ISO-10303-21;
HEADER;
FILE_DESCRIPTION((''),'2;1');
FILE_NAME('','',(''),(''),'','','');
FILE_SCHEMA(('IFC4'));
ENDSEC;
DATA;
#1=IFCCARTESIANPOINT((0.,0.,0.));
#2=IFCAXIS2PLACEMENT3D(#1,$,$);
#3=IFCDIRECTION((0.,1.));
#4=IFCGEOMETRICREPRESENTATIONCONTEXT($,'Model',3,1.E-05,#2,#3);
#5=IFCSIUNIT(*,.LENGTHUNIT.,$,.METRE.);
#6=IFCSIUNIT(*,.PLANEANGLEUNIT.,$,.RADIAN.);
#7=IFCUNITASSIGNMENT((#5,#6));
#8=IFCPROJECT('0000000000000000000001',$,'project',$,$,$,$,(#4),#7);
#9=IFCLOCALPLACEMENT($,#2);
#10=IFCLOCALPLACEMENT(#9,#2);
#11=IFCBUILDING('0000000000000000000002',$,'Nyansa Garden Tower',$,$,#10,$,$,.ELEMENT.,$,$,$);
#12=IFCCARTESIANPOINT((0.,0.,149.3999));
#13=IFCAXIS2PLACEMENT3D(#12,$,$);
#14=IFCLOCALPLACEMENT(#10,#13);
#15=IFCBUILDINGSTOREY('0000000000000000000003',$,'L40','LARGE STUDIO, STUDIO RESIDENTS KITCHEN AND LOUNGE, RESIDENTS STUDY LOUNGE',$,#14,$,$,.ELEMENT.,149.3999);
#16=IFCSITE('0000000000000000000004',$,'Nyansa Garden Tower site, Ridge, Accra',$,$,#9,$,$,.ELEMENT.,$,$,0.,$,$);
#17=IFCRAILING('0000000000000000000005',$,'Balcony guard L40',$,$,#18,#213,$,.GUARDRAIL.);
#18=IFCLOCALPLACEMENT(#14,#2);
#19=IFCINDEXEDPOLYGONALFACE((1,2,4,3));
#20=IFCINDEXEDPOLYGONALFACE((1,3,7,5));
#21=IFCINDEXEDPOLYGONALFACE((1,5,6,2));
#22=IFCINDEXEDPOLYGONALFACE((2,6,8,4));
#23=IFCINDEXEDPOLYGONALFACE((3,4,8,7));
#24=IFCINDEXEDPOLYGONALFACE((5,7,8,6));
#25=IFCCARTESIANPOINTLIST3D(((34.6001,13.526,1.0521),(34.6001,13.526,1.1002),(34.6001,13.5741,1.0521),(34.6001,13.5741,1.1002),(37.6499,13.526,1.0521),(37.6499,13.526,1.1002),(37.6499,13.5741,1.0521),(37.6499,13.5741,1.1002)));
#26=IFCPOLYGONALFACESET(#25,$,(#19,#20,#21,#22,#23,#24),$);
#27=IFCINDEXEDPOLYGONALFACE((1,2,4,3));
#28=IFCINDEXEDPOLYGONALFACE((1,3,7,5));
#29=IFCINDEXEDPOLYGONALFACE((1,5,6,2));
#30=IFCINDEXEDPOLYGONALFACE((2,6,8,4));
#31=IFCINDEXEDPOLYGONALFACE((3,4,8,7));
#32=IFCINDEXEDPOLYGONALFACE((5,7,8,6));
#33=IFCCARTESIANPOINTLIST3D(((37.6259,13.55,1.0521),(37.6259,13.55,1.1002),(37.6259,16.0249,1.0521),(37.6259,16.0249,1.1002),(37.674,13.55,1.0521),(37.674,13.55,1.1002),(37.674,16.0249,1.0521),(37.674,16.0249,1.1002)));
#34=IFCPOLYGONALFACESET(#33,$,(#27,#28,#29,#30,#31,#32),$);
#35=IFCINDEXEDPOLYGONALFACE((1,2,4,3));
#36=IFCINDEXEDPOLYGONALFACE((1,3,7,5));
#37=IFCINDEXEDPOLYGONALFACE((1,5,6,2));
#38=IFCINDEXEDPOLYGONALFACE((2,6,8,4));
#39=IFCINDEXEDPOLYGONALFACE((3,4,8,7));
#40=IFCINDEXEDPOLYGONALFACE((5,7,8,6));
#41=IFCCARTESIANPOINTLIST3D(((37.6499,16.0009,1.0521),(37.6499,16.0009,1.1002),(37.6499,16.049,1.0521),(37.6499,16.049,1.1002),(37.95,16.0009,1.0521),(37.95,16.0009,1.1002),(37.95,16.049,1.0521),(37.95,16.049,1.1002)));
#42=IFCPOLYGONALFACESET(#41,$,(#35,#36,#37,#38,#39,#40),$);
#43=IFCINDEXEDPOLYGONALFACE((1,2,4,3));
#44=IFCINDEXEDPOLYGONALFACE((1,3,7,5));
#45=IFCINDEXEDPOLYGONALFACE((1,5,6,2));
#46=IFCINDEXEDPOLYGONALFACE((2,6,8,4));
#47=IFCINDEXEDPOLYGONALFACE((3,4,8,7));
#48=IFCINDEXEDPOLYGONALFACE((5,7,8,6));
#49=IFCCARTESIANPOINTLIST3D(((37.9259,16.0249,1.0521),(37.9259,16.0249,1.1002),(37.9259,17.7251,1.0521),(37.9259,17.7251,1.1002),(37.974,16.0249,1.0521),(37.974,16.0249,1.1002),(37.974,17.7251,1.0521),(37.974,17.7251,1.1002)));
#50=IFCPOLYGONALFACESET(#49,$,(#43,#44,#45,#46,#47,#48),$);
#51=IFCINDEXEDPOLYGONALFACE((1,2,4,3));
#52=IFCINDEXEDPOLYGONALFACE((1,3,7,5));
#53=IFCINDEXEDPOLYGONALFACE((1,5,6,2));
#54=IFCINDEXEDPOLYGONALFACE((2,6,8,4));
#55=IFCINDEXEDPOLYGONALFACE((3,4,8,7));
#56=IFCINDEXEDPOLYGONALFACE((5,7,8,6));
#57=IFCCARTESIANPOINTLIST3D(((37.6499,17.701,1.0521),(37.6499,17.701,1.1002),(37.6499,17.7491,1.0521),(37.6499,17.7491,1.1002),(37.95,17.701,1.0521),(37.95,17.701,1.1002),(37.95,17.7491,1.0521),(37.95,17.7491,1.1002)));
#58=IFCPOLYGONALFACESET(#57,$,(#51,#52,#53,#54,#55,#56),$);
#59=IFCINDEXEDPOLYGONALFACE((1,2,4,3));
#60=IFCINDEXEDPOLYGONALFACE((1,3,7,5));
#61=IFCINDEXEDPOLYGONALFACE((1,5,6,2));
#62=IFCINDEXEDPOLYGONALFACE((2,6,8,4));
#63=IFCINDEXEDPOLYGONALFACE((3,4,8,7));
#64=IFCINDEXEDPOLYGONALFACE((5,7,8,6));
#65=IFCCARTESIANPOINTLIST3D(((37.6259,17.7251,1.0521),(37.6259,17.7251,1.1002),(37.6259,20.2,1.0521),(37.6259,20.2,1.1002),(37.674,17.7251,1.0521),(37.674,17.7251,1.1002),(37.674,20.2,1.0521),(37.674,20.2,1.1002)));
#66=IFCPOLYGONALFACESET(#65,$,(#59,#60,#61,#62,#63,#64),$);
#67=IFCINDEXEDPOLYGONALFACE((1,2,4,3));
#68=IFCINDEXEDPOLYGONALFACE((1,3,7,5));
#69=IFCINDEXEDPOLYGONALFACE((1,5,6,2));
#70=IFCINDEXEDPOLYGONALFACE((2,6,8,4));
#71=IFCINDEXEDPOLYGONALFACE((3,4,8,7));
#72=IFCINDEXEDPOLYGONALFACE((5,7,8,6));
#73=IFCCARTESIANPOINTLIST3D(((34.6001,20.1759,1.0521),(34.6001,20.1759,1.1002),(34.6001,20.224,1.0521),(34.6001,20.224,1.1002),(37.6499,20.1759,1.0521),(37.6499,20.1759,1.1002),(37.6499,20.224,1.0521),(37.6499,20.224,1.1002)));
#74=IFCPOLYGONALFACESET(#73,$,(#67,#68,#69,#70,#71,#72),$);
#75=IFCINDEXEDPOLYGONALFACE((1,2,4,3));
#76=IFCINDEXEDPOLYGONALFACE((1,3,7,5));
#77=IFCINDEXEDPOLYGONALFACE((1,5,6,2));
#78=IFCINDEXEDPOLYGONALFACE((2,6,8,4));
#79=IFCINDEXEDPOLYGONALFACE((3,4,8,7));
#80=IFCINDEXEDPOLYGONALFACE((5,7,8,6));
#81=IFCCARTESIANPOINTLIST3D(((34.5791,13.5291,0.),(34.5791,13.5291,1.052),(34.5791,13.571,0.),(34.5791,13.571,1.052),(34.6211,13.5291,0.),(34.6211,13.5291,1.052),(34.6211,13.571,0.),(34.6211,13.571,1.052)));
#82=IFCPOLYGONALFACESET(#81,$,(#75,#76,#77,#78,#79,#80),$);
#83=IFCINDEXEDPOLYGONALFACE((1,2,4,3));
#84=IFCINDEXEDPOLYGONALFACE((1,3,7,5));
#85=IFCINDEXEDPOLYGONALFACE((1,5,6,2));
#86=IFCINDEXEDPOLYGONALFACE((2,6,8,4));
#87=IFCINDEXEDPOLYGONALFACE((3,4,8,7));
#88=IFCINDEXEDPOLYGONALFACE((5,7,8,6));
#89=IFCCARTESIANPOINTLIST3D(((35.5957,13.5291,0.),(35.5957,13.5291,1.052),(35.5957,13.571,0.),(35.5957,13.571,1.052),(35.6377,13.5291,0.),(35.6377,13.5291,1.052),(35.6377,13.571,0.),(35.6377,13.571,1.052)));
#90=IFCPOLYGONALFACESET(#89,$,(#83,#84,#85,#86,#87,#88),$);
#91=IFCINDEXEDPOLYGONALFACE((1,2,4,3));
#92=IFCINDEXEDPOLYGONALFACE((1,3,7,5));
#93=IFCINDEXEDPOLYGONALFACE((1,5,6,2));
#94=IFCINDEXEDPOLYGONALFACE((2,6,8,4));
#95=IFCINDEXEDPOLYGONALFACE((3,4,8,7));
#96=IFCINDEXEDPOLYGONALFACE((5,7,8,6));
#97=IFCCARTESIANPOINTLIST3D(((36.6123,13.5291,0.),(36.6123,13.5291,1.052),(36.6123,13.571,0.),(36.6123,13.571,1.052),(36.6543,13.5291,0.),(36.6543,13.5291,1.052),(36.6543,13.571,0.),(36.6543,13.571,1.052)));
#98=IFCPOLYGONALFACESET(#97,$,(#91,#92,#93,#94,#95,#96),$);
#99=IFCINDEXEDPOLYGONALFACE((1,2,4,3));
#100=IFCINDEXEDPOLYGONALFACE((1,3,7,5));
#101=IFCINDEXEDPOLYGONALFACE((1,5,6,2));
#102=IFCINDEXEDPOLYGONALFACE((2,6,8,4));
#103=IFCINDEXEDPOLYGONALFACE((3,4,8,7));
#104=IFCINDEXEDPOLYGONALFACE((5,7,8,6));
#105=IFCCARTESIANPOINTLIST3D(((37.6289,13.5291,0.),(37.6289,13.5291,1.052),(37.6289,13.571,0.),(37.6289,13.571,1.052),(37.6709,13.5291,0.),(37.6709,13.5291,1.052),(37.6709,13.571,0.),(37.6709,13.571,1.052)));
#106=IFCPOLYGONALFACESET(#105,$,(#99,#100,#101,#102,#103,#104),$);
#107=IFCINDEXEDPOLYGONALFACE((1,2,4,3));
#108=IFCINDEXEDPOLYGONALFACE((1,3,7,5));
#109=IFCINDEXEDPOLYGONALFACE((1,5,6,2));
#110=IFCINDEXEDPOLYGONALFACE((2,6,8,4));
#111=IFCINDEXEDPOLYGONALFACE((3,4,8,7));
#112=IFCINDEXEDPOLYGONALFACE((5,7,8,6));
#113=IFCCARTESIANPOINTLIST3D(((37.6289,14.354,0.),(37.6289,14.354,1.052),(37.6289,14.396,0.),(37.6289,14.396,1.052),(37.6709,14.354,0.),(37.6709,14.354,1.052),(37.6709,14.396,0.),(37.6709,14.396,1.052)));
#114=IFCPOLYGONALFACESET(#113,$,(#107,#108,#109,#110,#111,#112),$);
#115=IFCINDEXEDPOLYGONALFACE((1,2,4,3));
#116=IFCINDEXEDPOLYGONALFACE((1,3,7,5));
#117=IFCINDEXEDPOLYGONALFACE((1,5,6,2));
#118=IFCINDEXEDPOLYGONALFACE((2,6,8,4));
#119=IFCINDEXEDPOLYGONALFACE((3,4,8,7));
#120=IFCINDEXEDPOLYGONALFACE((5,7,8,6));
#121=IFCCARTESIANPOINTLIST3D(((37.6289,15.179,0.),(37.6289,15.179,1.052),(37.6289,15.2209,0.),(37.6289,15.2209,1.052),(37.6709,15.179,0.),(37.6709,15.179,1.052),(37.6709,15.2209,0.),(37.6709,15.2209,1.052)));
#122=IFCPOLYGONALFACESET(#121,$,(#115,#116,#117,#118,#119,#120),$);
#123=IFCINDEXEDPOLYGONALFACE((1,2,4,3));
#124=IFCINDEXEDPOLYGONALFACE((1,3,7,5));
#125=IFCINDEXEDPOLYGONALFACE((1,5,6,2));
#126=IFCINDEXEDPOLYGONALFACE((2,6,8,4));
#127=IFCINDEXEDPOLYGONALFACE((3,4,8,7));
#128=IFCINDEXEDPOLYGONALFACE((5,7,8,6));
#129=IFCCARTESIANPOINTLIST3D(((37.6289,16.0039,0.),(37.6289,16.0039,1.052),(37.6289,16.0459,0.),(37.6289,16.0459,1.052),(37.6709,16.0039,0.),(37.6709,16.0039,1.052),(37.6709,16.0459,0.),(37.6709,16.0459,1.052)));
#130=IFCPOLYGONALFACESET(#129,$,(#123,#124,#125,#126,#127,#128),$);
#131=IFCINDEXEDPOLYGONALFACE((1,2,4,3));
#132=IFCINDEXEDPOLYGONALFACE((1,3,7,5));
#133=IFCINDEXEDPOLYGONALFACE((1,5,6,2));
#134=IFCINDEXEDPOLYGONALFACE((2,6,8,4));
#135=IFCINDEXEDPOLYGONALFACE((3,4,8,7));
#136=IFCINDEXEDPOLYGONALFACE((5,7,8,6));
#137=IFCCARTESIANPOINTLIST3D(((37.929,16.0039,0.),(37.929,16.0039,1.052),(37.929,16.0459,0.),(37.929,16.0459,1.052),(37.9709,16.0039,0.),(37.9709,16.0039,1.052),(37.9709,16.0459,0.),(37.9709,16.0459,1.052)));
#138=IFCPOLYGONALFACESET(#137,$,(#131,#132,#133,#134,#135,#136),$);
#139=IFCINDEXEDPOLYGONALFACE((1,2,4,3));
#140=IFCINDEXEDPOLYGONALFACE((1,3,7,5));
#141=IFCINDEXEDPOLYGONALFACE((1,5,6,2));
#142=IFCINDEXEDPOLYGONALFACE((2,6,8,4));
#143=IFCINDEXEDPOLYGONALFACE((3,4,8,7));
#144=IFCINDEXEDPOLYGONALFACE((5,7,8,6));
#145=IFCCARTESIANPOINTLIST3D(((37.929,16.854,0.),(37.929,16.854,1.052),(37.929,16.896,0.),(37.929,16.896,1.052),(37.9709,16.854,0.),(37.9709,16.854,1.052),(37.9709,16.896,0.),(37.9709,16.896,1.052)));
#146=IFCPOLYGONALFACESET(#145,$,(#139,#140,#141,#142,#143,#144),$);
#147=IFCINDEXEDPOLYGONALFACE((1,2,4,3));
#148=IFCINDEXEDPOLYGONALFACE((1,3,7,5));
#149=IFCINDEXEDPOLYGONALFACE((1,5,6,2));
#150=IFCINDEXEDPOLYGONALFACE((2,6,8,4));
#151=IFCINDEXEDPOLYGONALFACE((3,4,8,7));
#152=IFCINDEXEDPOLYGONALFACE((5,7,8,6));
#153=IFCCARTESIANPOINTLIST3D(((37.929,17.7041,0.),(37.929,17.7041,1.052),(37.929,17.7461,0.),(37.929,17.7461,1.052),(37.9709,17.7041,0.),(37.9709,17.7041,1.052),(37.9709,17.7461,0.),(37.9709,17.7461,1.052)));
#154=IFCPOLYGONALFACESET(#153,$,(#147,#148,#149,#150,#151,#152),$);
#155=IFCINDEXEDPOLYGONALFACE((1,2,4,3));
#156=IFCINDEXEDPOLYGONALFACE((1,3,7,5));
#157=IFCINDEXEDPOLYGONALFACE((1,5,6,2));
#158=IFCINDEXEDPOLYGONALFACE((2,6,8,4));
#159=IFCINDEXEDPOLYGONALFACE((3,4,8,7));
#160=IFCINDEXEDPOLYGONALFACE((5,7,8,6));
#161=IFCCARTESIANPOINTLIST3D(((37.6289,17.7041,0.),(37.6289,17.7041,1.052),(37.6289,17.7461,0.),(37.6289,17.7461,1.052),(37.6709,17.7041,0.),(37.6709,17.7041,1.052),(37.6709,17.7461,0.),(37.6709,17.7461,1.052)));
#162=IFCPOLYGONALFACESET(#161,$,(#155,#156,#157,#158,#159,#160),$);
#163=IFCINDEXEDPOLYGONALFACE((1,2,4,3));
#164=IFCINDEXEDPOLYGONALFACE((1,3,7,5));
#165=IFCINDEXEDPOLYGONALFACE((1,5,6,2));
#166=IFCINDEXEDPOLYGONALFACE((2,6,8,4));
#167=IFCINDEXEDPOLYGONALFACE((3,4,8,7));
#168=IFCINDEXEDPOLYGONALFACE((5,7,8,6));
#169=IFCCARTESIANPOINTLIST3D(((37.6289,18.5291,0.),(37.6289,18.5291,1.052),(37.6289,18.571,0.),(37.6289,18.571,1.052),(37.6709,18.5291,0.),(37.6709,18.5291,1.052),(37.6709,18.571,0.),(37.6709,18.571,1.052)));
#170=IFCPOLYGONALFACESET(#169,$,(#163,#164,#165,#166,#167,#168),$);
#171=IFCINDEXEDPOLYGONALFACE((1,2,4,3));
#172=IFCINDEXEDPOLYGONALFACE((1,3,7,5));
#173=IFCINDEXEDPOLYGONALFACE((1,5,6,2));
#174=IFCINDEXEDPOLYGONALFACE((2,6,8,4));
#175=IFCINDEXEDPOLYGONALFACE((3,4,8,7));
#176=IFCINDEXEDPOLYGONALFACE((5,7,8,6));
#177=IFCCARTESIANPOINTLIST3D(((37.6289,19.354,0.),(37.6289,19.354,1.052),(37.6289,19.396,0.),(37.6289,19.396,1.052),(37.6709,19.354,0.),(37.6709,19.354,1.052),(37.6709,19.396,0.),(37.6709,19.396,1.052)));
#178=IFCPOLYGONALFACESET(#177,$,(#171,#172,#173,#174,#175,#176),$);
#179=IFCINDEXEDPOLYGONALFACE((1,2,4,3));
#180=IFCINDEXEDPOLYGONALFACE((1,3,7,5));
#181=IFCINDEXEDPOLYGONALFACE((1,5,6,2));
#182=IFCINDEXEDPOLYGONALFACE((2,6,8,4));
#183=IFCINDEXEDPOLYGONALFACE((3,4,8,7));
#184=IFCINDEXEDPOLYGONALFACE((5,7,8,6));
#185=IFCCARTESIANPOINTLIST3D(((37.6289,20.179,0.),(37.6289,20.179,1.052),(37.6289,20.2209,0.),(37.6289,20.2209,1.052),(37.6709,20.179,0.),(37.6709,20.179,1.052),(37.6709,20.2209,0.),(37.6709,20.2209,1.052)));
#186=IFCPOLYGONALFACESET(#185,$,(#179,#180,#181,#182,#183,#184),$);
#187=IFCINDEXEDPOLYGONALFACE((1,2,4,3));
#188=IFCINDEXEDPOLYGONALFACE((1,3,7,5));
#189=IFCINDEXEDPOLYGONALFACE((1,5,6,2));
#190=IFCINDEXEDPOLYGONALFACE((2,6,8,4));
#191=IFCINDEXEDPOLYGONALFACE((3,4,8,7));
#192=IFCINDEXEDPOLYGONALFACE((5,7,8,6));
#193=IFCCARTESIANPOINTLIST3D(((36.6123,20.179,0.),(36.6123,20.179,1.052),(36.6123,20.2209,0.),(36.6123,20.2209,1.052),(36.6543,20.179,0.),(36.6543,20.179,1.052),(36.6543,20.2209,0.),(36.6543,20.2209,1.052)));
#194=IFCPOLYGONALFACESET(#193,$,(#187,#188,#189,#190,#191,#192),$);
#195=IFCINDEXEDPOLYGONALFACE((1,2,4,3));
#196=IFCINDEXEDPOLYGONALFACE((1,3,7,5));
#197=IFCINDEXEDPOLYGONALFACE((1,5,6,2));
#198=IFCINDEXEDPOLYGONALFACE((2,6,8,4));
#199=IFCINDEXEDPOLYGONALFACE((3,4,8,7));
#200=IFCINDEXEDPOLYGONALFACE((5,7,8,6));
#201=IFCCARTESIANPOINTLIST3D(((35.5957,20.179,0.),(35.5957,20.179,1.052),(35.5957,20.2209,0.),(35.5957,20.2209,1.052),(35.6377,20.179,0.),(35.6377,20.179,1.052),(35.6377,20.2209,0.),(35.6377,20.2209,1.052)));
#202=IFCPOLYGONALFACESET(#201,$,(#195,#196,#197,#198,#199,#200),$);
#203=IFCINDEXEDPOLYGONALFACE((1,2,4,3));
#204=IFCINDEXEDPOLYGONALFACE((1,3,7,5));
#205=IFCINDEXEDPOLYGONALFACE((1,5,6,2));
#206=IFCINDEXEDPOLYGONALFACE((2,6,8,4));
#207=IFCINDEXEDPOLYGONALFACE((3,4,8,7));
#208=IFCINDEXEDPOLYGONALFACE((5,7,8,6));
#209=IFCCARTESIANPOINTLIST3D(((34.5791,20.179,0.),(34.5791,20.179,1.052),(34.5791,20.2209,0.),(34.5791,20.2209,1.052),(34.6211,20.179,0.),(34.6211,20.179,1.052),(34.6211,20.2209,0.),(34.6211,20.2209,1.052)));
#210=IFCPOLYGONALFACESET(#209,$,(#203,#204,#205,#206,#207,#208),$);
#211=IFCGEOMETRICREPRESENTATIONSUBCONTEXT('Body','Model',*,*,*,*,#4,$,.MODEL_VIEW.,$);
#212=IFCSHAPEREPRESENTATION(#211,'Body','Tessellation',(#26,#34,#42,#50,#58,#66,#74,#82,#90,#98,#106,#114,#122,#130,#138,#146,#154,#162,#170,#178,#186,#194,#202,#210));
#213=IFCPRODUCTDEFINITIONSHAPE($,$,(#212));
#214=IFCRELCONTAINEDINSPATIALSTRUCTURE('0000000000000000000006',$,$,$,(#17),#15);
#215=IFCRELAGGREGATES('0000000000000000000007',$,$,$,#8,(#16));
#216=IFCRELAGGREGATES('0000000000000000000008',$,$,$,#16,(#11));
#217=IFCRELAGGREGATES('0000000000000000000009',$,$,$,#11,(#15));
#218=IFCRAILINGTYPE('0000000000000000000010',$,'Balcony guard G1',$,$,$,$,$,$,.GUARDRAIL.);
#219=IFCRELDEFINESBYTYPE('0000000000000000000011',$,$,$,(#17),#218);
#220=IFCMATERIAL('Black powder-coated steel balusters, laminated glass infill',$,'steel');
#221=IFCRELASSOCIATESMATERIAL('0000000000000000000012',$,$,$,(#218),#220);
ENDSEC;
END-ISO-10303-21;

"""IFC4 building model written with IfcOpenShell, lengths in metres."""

from ifc_helpers import new_model, si_unit, direction, frame, origin, origin_2d, place, context, subcontext, project, spatial, rectangle, extrude, material, type_object, element, save


model = new_model("IFC4")

# Units and contexts
model_context = context("Model", 3, precision=1e-05, world=origin(), true_north=direction((0.0, 1.0)))
body_context = subcontext(model_context, "Body", "Model", "MODEL_VIEW")
ifc_project = project(units=[si_unit("LENGTHUNIT", "METRE"), si_unit("PLANEANGLEUNIT", "RADIAN")], contexts=[model_context])

# Site, building, storey
site_placement = place(None, origin())
site = spatial("IfcSite", under=ifc_project, at=site_placement, Name="Nyansa Garden Tower site, Ridge, Accra", CompositionType="ELEMENT", RefElevation=0.0)
building_placement = place(site_placement, origin())
building = spatial("IfcBuilding", under=site, at=building_placement, Name="Nyansa Garden Tower", CompositionType="ELEMENT")
storey_placement = place(building_placement, frame((0.0, 0.0, 149.3999)))
storey = spatial("IfcBuildingStorey", under=building, at=storey_placement, Name="L40", Description="LARGE STUDIO, STUDIO RESIDENTS KITCHEN AND LOUNGE, RESIDENTS STUDY LOUNGE", CompositionType="ELEMENT", Elevation=149.3999)

# Railing
ifc_material_1 = material(Name="Black powder-coated steel balusters, laminated glass infill", Category="steel")
railing_type = type_object("IfcRailingType", Name="Balcony guard G1", PredefinedType="GUARDRAIL", material=ifc_material_1)
railing_placement = place(storey_placement, frame((34.6001, 13.55, 0.0)))
element("IfcRailing", 1, at=railing_placement, inside=storey, type_object=railing_type, Name="Balcony guard L40", PredefinedType="GUARDRAIL", context=body_context, shape_type="SweptSolid", body=[
    extrude(rectangle(XDim=0.0481, YDim=0.0481, at=origin_2d()), frame((0.0, 0.0, 1.0762), z_axis=(1.0, 0.0, 0.0), x_axis=(0.0, 1.0, 0.0)), (0.0, 0.0, 1.0), 3.0498),
    extrude(rectangle(XDim=0.0481, YDim=0.0481, at=origin_2d()), frame((3.0498, 0.0, 1.0762), z_axis=(0.0, 1.0, 0.0), x_axis=(-1.0, 0.0, 0.0)), (0.0, 0.0, 1.0), 2.4749),
    extrude(rectangle(XDim=0.0481, YDim=0.0481, at=origin_2d()), frame((3.0498, 2.4749, 1.0762), z_axis=(1.0, 0.0, 0.0), x_axis=(0.0, 1.0, 0.0)), (0.0, 0.0, 1.0), 0.3),
    extrude(rectangle(XDim=0.0481, YDim=0.0481, at=origin_2d()), frame((3.3499, 2.4749, 1.0762), z_axis=(0.0, 1.0, 0.0), x_axis=(-1.0, 0.0, 0.0)), (0.0, 0.0, 1.0), 1.7002),
    extrude(rectangle(XDim=0.0481, YDim=0.0481, at=origin_2d()), frame((3.3499, 4.175, 1.0762), z_axis=(-1.0, 0.0, 0.0), x_axis=(0.0, -1.0, 0.0)), (0.0, 0.0, 1.0), 0.3),
    extrude(rectangle(XDim=0.0481, YDim=0.0481, at=origin_2d()), frame((3.0498, 4.175, 1.0762), z_axis=(0.0, 1.0, 0.0), x_axis=(-1.0, 0.0, 0.0)), (0.0, 0.0, 1.0), 2.4749),
    extrude(rectangle(XDim=0.0481, YDim=0.0481, at=origin_2d()), frame((3.0498, 6.6499, 1.0762), z_axis=(-1.0, 0.0, 0.0), x_axis=(0.0, -1.0, 0.0)), (0.0, 0.0, 1.0), 3.0498),
    extrude(rectangle(XDim=0.042, YDim=0.042, at=origin_2d()), origin(), (0.0, 0.0, 1.0), 1.052),
    extrude(rectangle(XDim=0.042, YDim=0.042, at=origin_2d()), frame((1.0166, 0.0, 0.0)), (0.0, 0.0, 1.0), 1.052),
    extrude(rectangle(XDim=0.042, YDim=0.042, at=origin_2d()), frame((2.0332, 0.0, 0.0)), (0.0, 0.0, 1.0), 1.052),
    extrude(rectangle(XDim=0.042, YDim=0.042, at=origin_2d()), frame((3.0498, 0.0, 0.0)), (0.0, 0.0, 1.0), 1.052),
    extrude(rectangle(XDim=0.042, YDim=0.042, at=origin_2d()), frame((3.0498, 0.825, 0.0)), (0.0, 0.0, 1.0), 1.052),
    extrude(rectangle(XDim=0.042, YDim=0.042, at=origin_2d()), frame((3.0498, 1.6499, 0.0)), (0.0, 0.0, 1.0), 1.052),
    extrude(rectangle(XDim=0.042, YDim=0.042, at=origin_2d()), frame((3.0498, 2.4749, 0.0)), (0.0, 0.0, 1.0), 1.052),
    extrude(rectangle(XDim=0.042, YDim=0.042, at=origin_2d()), frame((3.3499, 2.4749, 0.0)), (0.0, 0.0, 1.0), 1.052),
    extrude(rectangle(XDim=0.042, YDim=0.042, at=origin_2d()), frame((3.3499, 3.325, 0.0)), (0.0, 0.0, 1.0), 1.052),
    extrude(rectangle(XDim=0.042, YDim=0.042, at=origin_2d()), frame((3.3499, 4.175, 0.0)), (0.0, 0.0, 1.0), 1.052),
    extrude(rectangle(XDim=0.042, YDim=0.042, at=origin_2d()), frame((3.0498, 4.175, 0.0)), (0.0, 0.0, 1.0), 1.052),
    extrude(rectangle(XDim=0.042, YDim=0.042, at=origin_2d()), frame((3.0498, 5.0, 0.0)), (0.0, 0.0, 1.0), 1.052),
    extrude(rectangle(XDim=0.042, YDim=0.042, at=origin_2d()), frame((3.0498, 5.825, 0.0)), (0.0, 0.0, 1.0), 1.052),
    extrude(rectangle(XDim=0.042, YDim=0.042, at=origin_2d()), frame((3.0498, 6.6499, 0.0)), (0.0, 0.0, 1.0), 1.052),
    extrude(rectangle(XDim=0.042, YDim=0.042, at=origin_2d()), frame((2.0332, 6.6499, 0.0)), (0.0, 0.0, 1.0), 1.052),
    extrude(rectangle(XDim=0.042, YDim=0.042, at=origin_2d()), frame((1.0166, 6.6499, 0.0)), (0.0, 0.0, 1.0), 1.052),
    extrude(rectangle(XDim=0.042, YDim=0.042, at=origin_2d()), frame((0.0, 6.6499, 0.0)), (0.0, 0.0, 1.0), 1.052),
])

save(model, "model.ifc")
